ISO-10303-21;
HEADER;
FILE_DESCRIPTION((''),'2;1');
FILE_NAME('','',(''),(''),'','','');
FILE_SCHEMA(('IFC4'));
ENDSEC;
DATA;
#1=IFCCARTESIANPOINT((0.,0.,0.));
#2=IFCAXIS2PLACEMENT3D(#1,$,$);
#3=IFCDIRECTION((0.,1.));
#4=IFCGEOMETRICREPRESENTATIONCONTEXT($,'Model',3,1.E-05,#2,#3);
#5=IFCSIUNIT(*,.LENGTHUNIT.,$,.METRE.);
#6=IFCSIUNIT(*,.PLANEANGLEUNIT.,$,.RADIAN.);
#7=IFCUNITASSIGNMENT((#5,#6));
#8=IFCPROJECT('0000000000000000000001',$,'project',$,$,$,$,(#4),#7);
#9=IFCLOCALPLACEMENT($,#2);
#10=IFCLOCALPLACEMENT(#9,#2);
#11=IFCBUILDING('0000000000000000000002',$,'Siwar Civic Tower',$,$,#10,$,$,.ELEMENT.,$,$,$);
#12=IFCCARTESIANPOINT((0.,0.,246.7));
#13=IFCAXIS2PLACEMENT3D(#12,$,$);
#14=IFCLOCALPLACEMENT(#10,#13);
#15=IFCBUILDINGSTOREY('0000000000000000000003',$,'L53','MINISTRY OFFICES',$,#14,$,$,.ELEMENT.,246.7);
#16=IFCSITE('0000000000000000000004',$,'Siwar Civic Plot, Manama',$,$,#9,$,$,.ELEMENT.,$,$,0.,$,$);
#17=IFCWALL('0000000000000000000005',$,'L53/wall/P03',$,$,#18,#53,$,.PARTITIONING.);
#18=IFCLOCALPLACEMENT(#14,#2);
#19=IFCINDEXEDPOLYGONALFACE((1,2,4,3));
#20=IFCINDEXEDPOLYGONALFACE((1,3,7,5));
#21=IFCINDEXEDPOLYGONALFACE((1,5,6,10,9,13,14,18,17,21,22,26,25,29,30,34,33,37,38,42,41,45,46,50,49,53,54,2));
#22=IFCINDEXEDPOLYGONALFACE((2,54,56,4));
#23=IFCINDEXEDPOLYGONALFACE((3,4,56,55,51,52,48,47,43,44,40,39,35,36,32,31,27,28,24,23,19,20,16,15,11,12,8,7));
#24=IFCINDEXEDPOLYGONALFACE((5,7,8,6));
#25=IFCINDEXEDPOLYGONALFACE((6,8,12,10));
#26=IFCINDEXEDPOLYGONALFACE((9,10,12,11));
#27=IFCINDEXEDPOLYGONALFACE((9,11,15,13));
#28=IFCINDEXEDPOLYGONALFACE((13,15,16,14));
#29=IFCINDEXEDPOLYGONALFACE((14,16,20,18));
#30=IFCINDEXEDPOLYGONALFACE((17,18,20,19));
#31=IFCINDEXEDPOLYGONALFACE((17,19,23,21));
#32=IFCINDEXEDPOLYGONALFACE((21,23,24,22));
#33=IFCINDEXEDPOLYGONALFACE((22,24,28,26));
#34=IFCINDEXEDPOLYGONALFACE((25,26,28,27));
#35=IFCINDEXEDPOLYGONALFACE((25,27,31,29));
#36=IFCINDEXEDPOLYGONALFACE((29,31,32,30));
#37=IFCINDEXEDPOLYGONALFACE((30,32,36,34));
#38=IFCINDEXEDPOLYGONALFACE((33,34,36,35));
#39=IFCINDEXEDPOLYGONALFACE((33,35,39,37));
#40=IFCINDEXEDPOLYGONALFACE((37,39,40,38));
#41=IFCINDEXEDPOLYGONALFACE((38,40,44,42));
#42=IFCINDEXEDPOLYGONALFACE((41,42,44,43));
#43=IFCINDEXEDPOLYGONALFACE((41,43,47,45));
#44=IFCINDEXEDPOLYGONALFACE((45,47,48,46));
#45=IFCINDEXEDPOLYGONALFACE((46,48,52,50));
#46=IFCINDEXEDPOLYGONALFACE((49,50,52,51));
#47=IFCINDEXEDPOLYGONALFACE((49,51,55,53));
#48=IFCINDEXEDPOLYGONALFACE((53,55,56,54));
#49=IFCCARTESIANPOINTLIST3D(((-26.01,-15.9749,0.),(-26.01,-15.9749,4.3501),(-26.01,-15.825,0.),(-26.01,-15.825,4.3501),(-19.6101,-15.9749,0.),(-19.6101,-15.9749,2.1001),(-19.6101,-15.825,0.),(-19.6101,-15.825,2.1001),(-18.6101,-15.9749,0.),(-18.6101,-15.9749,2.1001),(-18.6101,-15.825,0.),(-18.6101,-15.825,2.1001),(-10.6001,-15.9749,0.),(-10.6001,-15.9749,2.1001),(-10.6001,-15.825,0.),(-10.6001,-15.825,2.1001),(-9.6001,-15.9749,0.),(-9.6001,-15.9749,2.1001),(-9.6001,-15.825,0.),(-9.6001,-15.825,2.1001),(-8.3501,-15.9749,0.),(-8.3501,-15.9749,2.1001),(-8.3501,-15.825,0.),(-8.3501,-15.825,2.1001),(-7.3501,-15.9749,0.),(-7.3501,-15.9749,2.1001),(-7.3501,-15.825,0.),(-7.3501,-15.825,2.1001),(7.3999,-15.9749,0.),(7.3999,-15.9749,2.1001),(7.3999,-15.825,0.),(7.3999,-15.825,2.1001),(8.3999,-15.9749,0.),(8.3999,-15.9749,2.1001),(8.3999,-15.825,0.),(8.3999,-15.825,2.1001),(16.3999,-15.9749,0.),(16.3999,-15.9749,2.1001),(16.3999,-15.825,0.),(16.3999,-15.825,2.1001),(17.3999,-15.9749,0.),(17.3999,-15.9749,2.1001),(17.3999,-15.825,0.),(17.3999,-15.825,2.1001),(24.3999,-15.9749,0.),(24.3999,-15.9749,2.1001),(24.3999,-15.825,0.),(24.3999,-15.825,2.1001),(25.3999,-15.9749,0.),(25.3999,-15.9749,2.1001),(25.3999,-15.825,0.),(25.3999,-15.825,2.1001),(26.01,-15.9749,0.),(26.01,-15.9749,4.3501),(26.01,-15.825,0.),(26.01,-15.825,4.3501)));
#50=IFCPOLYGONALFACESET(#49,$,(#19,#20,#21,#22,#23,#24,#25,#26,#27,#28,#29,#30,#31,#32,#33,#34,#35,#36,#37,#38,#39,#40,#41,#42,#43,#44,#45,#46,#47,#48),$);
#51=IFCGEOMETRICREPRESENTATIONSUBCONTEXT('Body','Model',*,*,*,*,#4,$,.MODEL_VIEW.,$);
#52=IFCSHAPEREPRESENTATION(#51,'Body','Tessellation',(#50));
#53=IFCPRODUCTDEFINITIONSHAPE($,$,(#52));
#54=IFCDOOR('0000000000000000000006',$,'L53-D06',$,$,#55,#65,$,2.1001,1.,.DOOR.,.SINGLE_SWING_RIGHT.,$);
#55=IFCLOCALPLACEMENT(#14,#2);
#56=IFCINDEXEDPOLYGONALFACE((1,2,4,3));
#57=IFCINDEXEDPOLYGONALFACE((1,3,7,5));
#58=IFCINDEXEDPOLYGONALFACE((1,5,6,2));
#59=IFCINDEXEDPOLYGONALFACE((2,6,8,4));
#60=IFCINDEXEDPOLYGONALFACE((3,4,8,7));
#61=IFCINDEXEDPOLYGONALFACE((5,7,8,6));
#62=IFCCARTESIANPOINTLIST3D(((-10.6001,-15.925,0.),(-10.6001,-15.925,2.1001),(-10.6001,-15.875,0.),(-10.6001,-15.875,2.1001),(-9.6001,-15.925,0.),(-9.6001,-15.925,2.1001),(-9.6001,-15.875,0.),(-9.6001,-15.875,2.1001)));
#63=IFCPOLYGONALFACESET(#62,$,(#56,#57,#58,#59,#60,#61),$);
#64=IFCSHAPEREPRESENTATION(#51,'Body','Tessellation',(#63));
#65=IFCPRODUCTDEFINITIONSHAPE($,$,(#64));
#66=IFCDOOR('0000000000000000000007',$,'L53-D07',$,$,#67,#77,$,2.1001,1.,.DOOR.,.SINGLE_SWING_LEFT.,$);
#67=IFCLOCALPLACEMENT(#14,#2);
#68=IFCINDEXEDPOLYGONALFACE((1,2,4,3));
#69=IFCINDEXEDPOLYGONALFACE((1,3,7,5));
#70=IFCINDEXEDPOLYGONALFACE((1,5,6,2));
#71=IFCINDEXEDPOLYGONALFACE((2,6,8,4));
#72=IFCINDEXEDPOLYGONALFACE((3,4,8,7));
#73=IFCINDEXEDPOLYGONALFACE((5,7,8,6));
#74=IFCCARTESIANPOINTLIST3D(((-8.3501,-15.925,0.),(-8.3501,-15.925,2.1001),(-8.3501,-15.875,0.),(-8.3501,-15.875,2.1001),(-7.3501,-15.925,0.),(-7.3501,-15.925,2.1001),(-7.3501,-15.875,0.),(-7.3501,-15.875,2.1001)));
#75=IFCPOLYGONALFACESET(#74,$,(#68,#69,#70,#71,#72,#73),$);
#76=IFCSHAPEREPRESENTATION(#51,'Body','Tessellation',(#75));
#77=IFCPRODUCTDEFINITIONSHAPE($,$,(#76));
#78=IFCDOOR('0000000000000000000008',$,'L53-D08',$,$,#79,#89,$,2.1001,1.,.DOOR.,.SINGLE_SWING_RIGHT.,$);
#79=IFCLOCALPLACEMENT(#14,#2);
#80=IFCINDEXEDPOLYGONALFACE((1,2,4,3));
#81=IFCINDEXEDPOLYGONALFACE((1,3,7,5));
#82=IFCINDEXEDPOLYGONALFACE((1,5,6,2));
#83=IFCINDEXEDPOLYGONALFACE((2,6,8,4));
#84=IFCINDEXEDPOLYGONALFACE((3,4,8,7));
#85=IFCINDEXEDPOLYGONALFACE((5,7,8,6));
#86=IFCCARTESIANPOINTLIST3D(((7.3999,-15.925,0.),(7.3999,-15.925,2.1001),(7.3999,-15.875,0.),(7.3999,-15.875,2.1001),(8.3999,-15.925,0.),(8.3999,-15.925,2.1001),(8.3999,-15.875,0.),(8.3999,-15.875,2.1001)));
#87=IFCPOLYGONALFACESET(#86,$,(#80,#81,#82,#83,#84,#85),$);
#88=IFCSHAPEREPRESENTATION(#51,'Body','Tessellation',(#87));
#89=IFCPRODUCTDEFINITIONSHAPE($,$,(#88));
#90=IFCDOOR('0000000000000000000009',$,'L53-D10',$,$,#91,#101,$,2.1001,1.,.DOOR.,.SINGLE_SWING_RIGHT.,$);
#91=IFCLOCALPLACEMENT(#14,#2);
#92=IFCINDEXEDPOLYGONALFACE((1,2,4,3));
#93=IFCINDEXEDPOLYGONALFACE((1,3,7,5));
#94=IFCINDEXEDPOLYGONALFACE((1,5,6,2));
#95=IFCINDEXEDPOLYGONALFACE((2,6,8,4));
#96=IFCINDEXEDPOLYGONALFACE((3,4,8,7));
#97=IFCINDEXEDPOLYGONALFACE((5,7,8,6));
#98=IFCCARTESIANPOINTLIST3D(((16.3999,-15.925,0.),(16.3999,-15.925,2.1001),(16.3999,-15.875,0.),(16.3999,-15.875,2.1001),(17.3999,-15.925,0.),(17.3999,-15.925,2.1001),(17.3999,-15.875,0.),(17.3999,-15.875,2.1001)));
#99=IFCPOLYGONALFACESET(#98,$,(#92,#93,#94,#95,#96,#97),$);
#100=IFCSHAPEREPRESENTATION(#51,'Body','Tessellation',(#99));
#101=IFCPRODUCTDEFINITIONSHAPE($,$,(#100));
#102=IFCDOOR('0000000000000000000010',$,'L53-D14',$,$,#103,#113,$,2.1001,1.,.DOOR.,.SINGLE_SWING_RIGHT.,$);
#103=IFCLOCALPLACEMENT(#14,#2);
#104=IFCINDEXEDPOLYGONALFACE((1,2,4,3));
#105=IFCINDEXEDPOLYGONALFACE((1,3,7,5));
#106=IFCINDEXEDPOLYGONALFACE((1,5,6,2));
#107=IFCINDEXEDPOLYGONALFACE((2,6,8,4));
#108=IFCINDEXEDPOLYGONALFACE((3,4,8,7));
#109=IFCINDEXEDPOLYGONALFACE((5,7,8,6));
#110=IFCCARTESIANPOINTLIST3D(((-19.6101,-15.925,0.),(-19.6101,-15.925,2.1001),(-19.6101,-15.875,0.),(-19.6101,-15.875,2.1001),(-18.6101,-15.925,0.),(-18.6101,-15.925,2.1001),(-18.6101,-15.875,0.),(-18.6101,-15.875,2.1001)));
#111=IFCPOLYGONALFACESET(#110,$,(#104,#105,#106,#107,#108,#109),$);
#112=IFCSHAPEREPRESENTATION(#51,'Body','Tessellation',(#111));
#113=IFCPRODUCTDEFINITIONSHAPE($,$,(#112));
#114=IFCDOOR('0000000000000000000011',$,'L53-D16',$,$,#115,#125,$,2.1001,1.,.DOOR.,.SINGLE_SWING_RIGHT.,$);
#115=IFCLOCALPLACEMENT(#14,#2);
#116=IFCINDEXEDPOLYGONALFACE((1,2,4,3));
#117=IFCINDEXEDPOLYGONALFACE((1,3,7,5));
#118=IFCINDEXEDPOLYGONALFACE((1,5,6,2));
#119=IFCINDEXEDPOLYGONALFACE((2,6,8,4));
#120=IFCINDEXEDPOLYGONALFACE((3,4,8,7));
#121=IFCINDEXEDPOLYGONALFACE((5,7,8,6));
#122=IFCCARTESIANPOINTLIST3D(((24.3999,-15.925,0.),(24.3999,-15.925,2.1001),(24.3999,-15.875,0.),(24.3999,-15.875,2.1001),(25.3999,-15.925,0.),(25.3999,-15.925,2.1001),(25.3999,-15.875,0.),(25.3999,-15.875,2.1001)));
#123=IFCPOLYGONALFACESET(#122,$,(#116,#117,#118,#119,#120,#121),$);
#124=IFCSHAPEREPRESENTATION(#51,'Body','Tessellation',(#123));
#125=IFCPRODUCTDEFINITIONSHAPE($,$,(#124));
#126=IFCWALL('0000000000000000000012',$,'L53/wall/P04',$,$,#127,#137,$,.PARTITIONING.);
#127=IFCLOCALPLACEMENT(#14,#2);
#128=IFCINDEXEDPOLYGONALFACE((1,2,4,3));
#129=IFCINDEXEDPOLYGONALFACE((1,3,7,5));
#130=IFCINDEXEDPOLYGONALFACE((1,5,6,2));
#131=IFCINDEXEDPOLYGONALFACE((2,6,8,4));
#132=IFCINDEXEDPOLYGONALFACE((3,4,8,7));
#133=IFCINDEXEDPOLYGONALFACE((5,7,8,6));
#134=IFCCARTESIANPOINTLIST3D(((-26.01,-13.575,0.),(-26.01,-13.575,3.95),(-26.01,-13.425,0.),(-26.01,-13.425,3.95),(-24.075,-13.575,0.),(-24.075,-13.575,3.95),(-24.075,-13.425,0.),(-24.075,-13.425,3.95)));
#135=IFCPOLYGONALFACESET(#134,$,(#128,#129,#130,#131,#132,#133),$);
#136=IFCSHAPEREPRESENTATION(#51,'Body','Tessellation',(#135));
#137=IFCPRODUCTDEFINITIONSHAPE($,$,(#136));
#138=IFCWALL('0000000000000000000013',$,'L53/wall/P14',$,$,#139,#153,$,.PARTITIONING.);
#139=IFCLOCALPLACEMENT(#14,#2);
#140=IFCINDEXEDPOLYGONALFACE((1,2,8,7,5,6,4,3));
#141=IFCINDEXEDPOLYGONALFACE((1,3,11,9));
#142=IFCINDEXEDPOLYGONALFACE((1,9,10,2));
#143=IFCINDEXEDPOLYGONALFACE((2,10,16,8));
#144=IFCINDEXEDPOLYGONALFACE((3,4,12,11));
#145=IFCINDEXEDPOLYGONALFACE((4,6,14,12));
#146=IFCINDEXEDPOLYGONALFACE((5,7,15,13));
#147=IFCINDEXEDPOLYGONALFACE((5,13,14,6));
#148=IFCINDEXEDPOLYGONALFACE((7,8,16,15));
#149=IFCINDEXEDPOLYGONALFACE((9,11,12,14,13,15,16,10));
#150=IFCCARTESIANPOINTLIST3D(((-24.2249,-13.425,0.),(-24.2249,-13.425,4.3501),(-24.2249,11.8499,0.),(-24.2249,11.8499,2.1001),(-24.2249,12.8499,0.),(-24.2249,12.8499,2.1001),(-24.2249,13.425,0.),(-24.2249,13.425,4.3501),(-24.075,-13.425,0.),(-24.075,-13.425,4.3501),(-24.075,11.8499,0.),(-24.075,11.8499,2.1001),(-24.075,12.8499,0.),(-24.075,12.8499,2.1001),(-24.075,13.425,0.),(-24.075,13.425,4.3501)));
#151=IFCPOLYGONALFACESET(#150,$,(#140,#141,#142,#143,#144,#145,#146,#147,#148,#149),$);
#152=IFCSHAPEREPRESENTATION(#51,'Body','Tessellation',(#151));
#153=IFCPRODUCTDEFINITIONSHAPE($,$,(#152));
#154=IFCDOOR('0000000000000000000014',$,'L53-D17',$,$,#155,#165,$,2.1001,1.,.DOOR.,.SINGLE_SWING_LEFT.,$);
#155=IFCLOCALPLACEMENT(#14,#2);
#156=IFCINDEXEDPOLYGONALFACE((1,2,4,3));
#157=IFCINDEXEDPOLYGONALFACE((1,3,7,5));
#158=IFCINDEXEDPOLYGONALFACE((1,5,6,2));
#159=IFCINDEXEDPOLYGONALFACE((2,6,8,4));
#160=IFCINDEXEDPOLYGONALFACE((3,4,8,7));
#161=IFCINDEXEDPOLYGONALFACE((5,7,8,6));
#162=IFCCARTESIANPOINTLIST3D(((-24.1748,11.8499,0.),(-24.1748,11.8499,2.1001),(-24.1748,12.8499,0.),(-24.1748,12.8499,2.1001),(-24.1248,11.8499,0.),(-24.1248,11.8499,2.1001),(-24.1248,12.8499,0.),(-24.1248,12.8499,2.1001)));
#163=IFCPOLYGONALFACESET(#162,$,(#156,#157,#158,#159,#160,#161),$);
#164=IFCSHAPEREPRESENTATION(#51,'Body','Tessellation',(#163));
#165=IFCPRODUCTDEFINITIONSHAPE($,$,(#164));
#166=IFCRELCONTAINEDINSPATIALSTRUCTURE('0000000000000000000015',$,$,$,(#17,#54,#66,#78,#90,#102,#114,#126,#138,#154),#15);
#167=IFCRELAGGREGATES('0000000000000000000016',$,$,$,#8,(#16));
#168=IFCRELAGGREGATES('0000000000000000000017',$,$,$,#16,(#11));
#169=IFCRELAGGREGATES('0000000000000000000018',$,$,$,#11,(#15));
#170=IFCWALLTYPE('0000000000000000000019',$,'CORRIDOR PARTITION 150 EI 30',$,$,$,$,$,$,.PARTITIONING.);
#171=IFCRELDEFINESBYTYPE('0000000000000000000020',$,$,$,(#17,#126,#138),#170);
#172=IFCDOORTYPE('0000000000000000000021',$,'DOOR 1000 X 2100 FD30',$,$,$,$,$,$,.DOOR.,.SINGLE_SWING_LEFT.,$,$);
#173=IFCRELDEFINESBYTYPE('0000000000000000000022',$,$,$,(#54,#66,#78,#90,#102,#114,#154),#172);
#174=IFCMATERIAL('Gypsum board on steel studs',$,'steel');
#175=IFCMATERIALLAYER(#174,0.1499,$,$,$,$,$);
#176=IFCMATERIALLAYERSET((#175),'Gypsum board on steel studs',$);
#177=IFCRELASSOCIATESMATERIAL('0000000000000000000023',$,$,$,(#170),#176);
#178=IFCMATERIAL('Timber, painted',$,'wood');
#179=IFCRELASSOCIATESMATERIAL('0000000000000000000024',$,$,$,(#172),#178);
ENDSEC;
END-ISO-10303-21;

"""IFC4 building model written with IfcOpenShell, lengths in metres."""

from ifc_helpers import new_model, si_unit, direction, frame, frame_2d, origin, place, context, subcontext, project, spatial, rectangle, extrude, material, layer, layer_set, type_object, element, fill, save


model = new_model("IFC4")

# Units and contexts
model_context = context("Model", 3, precision=1e-05, world=origin(), true_north=direction((0.0, 1.0)))
body_context = subcontext(model_context, "Body", "Model", "MODEL_VIEW")
ifc_project = project(units=[si_unit("LENGTHUNIT", "METRE"), si_unit("PLANEANGLEUNIT", "RADIAN")], contexts=[model_context])

# Site, building, storey
site_placement = place(None, origin())
site = spatial("IfcSite", under=ifc_project, at=site_placement, Name="Siwar Civic Plot, Manama", CompositionType="ELEMENT", RefElevation=0.0)
building_placement = place(site_placement, origin())
building = spatial("IfcBuilding", under=site, at=building_placement, Name="Siwar Civic Tower", CompositionType="ELEMENT")
storey_placement = place(building_placement, frame((0.0, 0.0, 246.7)))
storey = spatial("IfcBuildingStorey", under=building, at=storey_placement, Name="L53", Description="MINISTRY OFFICES", CompositionType="ELEMENT", Elevation=246.7)

# Wall, openings, doors
ifc_material_1 = material(Name="Gypsum board on steel studs", Category="steel")
ifc_layer_1 = layer(ifc_material_1, 0.1499)
ifc_layer_set_1 = layer_set([ifc_layer_1], Name="Gypsum board on steel studs")
wall_type = type_object("IfcWallType", Name="CORRIDOR PARTITION 150 EI 30", PredefinedType="PARTITIONING", material=ifc_layer_set_1)
wall_1_placement = place(storey_placement, frame((-26.01, -15.8999, 0.0), z_axis=(0.0, 0.0, 1.0), x_axis=(1.0, 0.0, 0.0)))
wall_1 = element("IfcWall", 1, at=wall_1_placement, inside=storey, type_object=wall_type, Name="L53/wall/P03", PredefinedType="PARTITIONING", context=body_context, shape_type="SweptSolid", body=[
    extrude(rectangle(XDim=52.02, YDim=0.1499, at=frame_2d((26.01, 0.0))), origin(), (0.0, 0.0, 1.0), 4.3501),
])
opening_1_placement = place(wall_1_placement, frame((15.4099, 0.0, 0.0)))
opening_1 = element("IfcOpeningElement", 2, at=opening_1_placement, cuts=wall_1, PredefinedType="OPENING", context=body_context, shape_type="SweptSolid", body=[
    extrude(rectangle(XDim=1.0, YDim=2.1001, at=frame_2d((0.5, 1.05))), frame((0.0, 0.085, 0.0), z_axis=(0.0, -1.0, 0.0), x_axis=(1.0, 0.0, 0.0)), (0.0, 0.0, 1.0), 0.1699),
])
opening_2_placement = place(wall_1_placement, frame((17.6599, 0.0, 0.0)))
opening_2 = element("IfcOpeningElement", 3, at=opening_2_placement, cuts=wall_1, PredefinedType="OPENING", context=body_context, shape_type="SweptSolid", body=[
    extrude(rectangle(XDim=1.0, YDim=2.1001, at=frame_2d((0.5, 1.05))), frame((0.0, 0.085, 0.0), z_axis=(0.0, -1.0, 0.0), x_axis=(1.0, 0.0, 0.0)), (0.0, 0.0, 1.0), 0.1699),
])
opening_3_placement = place(wall_1_placement, frame((33.4099, 0.0, 0.0)))
opening_3 = element("IfcOpeningElement", 4, at=opening_3_placement, cuts=wall_1, PredefinedType="OPENING", context=body_context, shape_type="SweptSolid", body=[
    extrude(rectangle(XDim=1.0, YDim=2.1001, at=frame_2d((0.5, 1.05))), frame((0.0, 0.085, 0.0), z_axis=(0.0, -1.0, 0.0), x_axis=(1.0, 0.0, 0.0)), (0.0, 0.0, 1.0), 0.1699),
])
opening_4_placement = place(wall_1_placement, frame((42.4099, 0.0, 0.0)))
opening_4 = element("IfcOpeningElement", 5, at=opening_4_placement, cuts=wall_1, PredefinedType="OPENING", context=body_context, shape_type="SweptSolid", body=[
    extrude(rectangle(XDim=1.0, YDim=2.1001, at=frame_2d((0.5, 1.05))), frame((0.0, 0.085, 0.0), z_axis=(0.0, -1.0, 0.0), x_axis=(1.0, 0.0, 0.0)), (0.0, 0.0, 1.0), 0.1699),
])
opening_5_placement = place(wall_1_placement, frame((6.3999, 0.0, 0.0)))
opening_5 = element("IfcOpeningElement", 6, at=opening_5_placement, cuts=wall_1, PredefinedType="OPENING", context=body_context, shape_type="SweptSolid", body=[
    extrude(rectangle(XDim=1.0, YDim=2.1001, at=frame_2d((0.5, 1.05))), frame((0.0, 0.085, 0.0), z_axis=(0.0, -1.0, 0.0), x_axis=(1.0, 0.0, 0.0)), (0.0, 0.0, 1.0), 0.1699),
])
opening_6_placement = place(wall_1_placement, frame((50.4099, 0.0, 0.0)))
opening_6 = element("IfcOpeningElement", 7, at=opening_6_placement, cuts=wall_1, PredefinedType="OPENING", context=body_context, shape_type="SweptSolid", body=[
    extrude(rectangle(XDim=1.0, YDim=2.1001, at=frame_2d((0.5, 1.05))), frame((0.0, 0.085, 0.0), z_axis=(0.0, -1.0, 0.0), x_axis=(1.0, 0.0, 0.0)), (0.0, 0.0, 1.0), 0.1699),
])
ifc_material_2 = material(Name="Timber, painted", Category="wood")
door_type = type_object("IfcDoorType", Name="DOOR 1000 X 2100 FD30", OperationType="SINGLE_SWING_LEFT", PredefinedType="DOOR", material=ifc_material_2)
door_1_placement = place(opening_1_placement, origin())
door_1 = element("IfcDoor", 8, at=door_1_placement, inside=storey, type_object=door_type, Name="L53-D06", OperationType="SINGLE_SWING_RIGHT", OverallHeight=2.1001, OverallWidth=1.0, PredefinedType="DOOR", context=body_context, shape_type="SweptSolid", body=[
    extrude(rectangle(XDim=1.0, YDim=2.1001, at=frame_2d((0.5, 1.05))), frame((0.0, 0.0249, 0.0), z_axis=(0.0, -1.0, 0.0), x_axis=(1.0, 0.0, 0.0)), (0.0, 0.0, 1.0), 0.05),
])
fill(opening_1, door_1)
door_2_placement = place(opening_2_placement, origin())
door_2 = element("IfcDoor", 9, at=door_2_placement, inside=storey, type_object=door_type, Name="L53-D07", OperationType="SINGLE_SWING_LEFT", OverallHeight=2.1001, OverallWidth=1.0, PredefinedType="DOOR", context=body_context, shape_type="SweptSolid", body=[
    extrude(rectangle(XDim=1.0, YDim=2.1001, at=frame_2d((0.5, 1.05))), frame((0.0, 0.0249, 0.0), z_axis=(0.0, -1.0, 0.0), x_axis=(1.0, 0.0, 0.0)), (0.0, 0.0, 1.0), 0.05),
])
fill(opening_2, door_2)
door_3_placement = place(opening_3_placement, origin())
door_3 = element("IfcDoor", 10, at=door_3_placement, inside=storey, type_object=door_type, Name="L53-D08", OperationType="SINGLE_SWING_RIGHT", OverallHeight=2.1001, OverallWidth=1.0, PredefinedType="DOOR", context=body_context, shape_type="SweptSolid", body=[
    extrude(rectangle(XDim=1.0, YDim=2.1001, at=frame_2d((0.5, 1.05))), frame((0.0, 0.0249, 0.0), z_axis=(0.0, -1.0, 0.0), x_axis=(1.0, 0.0, 0.0)), (0.0, 0.0, 1.0), 0.05),
])
fill(opening_3, door_3)
door_4_placement = place(opening_4_placement, origin())
door_4 = element("IfcDoor", 11, at=door_4_placement, inside=storey, type_object=door_type, Name="L53-D10", OperationType="SINGLE_SWING_RIGHT", OverallHeight=2.1001, OverallWidth=1.0, PredefinedType="DOOR", context=body_context, shape_type="SweptSolid", body=[
    extrude(rectangle(XDim=1.0, YDim=2.1001, at=frame_2d((0.5, 1.05))), frame((0.0, 0.0249, 0.0), z_axis=(0.0, -1.0, 0.0), x_axis=(1.0, 0.0, 0.0)), (0.0, 0.0, 1.0), 0.05),
])
fill(opening_4, door_4)
door_5_placement = place(opening_5_placement, origin())
door_5 = element("IfcDoor", 12, at=door_5_placement, inside=storey, type_object=door_type, Name="L53-D14", OperationType="SINGLE_SWING_RIGHT", OverallHeight=2.1001, OverallWidth=1.0, PredefinedType="DOOR", context=body_context, shape_type="SweptSolid", body=[
    extrude(rectangle(XDim=1.0, YDim=2.1001, at=frame_2d((0.5, 1.05))), frame((0.0, 0.0249, 0.0), z_axis=(0.0, -1.0, 0.0), x_axis=(1.0, 0.0, 0.0)), (0.0, 0.0, 1.0), 0.05),
])
fill(opening_5, door_5)
door_6_placement = place(opening_6_placement, origin())
door_6 = element("IfcDoor", 13, at=door_6_placement, inside=storey, type_object=door_type, Name="L53-D16", OperationType="SINGLE_SWING_RIGHT", OverallHeight=2.1001, OverallWidth=1.0, PredefinedType="DOOR", context=body_context, shape_type="SweptSolid", body=[
    extrude(rectangle(XDim=1.0, YDim=2.1001, at=frame_2d((0.5, 1.05))), frame((0.0, 0.0249, 0.0), z_axis=(0.0, -1.0, 0.0), x_axis=(1.0, 0.0, 0.0)), (0.0, 0.0, 1.0), 0.05),
])
fill(opening_6, door_6)

# Wall
wall_2_placement = place(storey_placement, frame((-26.01, -13.5, 0.0), z_axis=(0.0, 0.0, 1.0), x_axis=(1.0, 0.0, 0.0)))
element("IfcWall", 14, at=wall_2_placement, inside=storey, type_object=wall_type, Name="L53/wall/P04", PredefinedType="PARTITIONING", context=body_context, shape_type="SweptSolid", body=[
    extrude(rectangle(XDim=1.9351, YDim=0.1499, at=frame_2d((0.9675, 0.0))), origin(), (0.0, 0.0, 1.0), 3.95),
])

# Wall, opening, door
wall_3_placement = place(storey_placement, frame((-24.1499, -13.425, 0.0), z_axis=(0.0, 0.0, 1.0), x_axis=(0.0, 1.0, 0.0)))
wall_3 = element("IfcWall", 15, at=wall_3_placement, inside=storey, type_object=wall_type, Name="L53/wall/P14", PredefinedType="PARTITIONING", context=body_context, shape_type="SweptSolid", body=[
    extrude(rectangle(XDim=26.8501, YDim=0.1499, at=frame_2d((13.425, 0.0))), origin(), (0.0, 0.0, 1.0), 4.3501),
])
opening_7_placement = place(wall_3_placement, frame((25.2749, 0.0, 0.0)))
opening_7 = element("IfcOpeningElement", 16, at=opening_7_placement, cuts=wall_3, PredefinedType="OPENING", context=body_context, shape_type="SweptSolid", body=[
    extrude(rectangle(XDim=1.0, YDim=2.1001, at=frame_2d((0.5, 1.05))), frame((0.0, 0.085, 0.0), z_axis=(0.0, -1.0, 0.0), x_axis=(1.0, 0.0, 0.0)), (0.0, 0.0, 1.0), 0.1699),
])
door_7_placement = place(opening_7_placement, origin())
door_7 = element("IfcDoor", 17, at=door_7_placement, inside=storey, type_object=door_type, Name="L53-D17", OperationType="SINGLE_SWING_LEFT", OverallHeight=2.1001, OverallWidth=1.0, PredefinedType="DOOR", context=body_context, shape_type="SweptSolid", body=[
    extrude(rectangle(XDim=1.0, YDim=2.1001, at=frame_2d((0.5, 1.05))), frame((0.0, 0.0249, 0.0), z_axis=(0.0, -1.0, 0.0), x_axis=(1.0, 0.0, 0.0)), (0.0, 0.0, 1.0), 0.05),
])
fill(opening_7, door_7)

save(model, "model.ifc")
